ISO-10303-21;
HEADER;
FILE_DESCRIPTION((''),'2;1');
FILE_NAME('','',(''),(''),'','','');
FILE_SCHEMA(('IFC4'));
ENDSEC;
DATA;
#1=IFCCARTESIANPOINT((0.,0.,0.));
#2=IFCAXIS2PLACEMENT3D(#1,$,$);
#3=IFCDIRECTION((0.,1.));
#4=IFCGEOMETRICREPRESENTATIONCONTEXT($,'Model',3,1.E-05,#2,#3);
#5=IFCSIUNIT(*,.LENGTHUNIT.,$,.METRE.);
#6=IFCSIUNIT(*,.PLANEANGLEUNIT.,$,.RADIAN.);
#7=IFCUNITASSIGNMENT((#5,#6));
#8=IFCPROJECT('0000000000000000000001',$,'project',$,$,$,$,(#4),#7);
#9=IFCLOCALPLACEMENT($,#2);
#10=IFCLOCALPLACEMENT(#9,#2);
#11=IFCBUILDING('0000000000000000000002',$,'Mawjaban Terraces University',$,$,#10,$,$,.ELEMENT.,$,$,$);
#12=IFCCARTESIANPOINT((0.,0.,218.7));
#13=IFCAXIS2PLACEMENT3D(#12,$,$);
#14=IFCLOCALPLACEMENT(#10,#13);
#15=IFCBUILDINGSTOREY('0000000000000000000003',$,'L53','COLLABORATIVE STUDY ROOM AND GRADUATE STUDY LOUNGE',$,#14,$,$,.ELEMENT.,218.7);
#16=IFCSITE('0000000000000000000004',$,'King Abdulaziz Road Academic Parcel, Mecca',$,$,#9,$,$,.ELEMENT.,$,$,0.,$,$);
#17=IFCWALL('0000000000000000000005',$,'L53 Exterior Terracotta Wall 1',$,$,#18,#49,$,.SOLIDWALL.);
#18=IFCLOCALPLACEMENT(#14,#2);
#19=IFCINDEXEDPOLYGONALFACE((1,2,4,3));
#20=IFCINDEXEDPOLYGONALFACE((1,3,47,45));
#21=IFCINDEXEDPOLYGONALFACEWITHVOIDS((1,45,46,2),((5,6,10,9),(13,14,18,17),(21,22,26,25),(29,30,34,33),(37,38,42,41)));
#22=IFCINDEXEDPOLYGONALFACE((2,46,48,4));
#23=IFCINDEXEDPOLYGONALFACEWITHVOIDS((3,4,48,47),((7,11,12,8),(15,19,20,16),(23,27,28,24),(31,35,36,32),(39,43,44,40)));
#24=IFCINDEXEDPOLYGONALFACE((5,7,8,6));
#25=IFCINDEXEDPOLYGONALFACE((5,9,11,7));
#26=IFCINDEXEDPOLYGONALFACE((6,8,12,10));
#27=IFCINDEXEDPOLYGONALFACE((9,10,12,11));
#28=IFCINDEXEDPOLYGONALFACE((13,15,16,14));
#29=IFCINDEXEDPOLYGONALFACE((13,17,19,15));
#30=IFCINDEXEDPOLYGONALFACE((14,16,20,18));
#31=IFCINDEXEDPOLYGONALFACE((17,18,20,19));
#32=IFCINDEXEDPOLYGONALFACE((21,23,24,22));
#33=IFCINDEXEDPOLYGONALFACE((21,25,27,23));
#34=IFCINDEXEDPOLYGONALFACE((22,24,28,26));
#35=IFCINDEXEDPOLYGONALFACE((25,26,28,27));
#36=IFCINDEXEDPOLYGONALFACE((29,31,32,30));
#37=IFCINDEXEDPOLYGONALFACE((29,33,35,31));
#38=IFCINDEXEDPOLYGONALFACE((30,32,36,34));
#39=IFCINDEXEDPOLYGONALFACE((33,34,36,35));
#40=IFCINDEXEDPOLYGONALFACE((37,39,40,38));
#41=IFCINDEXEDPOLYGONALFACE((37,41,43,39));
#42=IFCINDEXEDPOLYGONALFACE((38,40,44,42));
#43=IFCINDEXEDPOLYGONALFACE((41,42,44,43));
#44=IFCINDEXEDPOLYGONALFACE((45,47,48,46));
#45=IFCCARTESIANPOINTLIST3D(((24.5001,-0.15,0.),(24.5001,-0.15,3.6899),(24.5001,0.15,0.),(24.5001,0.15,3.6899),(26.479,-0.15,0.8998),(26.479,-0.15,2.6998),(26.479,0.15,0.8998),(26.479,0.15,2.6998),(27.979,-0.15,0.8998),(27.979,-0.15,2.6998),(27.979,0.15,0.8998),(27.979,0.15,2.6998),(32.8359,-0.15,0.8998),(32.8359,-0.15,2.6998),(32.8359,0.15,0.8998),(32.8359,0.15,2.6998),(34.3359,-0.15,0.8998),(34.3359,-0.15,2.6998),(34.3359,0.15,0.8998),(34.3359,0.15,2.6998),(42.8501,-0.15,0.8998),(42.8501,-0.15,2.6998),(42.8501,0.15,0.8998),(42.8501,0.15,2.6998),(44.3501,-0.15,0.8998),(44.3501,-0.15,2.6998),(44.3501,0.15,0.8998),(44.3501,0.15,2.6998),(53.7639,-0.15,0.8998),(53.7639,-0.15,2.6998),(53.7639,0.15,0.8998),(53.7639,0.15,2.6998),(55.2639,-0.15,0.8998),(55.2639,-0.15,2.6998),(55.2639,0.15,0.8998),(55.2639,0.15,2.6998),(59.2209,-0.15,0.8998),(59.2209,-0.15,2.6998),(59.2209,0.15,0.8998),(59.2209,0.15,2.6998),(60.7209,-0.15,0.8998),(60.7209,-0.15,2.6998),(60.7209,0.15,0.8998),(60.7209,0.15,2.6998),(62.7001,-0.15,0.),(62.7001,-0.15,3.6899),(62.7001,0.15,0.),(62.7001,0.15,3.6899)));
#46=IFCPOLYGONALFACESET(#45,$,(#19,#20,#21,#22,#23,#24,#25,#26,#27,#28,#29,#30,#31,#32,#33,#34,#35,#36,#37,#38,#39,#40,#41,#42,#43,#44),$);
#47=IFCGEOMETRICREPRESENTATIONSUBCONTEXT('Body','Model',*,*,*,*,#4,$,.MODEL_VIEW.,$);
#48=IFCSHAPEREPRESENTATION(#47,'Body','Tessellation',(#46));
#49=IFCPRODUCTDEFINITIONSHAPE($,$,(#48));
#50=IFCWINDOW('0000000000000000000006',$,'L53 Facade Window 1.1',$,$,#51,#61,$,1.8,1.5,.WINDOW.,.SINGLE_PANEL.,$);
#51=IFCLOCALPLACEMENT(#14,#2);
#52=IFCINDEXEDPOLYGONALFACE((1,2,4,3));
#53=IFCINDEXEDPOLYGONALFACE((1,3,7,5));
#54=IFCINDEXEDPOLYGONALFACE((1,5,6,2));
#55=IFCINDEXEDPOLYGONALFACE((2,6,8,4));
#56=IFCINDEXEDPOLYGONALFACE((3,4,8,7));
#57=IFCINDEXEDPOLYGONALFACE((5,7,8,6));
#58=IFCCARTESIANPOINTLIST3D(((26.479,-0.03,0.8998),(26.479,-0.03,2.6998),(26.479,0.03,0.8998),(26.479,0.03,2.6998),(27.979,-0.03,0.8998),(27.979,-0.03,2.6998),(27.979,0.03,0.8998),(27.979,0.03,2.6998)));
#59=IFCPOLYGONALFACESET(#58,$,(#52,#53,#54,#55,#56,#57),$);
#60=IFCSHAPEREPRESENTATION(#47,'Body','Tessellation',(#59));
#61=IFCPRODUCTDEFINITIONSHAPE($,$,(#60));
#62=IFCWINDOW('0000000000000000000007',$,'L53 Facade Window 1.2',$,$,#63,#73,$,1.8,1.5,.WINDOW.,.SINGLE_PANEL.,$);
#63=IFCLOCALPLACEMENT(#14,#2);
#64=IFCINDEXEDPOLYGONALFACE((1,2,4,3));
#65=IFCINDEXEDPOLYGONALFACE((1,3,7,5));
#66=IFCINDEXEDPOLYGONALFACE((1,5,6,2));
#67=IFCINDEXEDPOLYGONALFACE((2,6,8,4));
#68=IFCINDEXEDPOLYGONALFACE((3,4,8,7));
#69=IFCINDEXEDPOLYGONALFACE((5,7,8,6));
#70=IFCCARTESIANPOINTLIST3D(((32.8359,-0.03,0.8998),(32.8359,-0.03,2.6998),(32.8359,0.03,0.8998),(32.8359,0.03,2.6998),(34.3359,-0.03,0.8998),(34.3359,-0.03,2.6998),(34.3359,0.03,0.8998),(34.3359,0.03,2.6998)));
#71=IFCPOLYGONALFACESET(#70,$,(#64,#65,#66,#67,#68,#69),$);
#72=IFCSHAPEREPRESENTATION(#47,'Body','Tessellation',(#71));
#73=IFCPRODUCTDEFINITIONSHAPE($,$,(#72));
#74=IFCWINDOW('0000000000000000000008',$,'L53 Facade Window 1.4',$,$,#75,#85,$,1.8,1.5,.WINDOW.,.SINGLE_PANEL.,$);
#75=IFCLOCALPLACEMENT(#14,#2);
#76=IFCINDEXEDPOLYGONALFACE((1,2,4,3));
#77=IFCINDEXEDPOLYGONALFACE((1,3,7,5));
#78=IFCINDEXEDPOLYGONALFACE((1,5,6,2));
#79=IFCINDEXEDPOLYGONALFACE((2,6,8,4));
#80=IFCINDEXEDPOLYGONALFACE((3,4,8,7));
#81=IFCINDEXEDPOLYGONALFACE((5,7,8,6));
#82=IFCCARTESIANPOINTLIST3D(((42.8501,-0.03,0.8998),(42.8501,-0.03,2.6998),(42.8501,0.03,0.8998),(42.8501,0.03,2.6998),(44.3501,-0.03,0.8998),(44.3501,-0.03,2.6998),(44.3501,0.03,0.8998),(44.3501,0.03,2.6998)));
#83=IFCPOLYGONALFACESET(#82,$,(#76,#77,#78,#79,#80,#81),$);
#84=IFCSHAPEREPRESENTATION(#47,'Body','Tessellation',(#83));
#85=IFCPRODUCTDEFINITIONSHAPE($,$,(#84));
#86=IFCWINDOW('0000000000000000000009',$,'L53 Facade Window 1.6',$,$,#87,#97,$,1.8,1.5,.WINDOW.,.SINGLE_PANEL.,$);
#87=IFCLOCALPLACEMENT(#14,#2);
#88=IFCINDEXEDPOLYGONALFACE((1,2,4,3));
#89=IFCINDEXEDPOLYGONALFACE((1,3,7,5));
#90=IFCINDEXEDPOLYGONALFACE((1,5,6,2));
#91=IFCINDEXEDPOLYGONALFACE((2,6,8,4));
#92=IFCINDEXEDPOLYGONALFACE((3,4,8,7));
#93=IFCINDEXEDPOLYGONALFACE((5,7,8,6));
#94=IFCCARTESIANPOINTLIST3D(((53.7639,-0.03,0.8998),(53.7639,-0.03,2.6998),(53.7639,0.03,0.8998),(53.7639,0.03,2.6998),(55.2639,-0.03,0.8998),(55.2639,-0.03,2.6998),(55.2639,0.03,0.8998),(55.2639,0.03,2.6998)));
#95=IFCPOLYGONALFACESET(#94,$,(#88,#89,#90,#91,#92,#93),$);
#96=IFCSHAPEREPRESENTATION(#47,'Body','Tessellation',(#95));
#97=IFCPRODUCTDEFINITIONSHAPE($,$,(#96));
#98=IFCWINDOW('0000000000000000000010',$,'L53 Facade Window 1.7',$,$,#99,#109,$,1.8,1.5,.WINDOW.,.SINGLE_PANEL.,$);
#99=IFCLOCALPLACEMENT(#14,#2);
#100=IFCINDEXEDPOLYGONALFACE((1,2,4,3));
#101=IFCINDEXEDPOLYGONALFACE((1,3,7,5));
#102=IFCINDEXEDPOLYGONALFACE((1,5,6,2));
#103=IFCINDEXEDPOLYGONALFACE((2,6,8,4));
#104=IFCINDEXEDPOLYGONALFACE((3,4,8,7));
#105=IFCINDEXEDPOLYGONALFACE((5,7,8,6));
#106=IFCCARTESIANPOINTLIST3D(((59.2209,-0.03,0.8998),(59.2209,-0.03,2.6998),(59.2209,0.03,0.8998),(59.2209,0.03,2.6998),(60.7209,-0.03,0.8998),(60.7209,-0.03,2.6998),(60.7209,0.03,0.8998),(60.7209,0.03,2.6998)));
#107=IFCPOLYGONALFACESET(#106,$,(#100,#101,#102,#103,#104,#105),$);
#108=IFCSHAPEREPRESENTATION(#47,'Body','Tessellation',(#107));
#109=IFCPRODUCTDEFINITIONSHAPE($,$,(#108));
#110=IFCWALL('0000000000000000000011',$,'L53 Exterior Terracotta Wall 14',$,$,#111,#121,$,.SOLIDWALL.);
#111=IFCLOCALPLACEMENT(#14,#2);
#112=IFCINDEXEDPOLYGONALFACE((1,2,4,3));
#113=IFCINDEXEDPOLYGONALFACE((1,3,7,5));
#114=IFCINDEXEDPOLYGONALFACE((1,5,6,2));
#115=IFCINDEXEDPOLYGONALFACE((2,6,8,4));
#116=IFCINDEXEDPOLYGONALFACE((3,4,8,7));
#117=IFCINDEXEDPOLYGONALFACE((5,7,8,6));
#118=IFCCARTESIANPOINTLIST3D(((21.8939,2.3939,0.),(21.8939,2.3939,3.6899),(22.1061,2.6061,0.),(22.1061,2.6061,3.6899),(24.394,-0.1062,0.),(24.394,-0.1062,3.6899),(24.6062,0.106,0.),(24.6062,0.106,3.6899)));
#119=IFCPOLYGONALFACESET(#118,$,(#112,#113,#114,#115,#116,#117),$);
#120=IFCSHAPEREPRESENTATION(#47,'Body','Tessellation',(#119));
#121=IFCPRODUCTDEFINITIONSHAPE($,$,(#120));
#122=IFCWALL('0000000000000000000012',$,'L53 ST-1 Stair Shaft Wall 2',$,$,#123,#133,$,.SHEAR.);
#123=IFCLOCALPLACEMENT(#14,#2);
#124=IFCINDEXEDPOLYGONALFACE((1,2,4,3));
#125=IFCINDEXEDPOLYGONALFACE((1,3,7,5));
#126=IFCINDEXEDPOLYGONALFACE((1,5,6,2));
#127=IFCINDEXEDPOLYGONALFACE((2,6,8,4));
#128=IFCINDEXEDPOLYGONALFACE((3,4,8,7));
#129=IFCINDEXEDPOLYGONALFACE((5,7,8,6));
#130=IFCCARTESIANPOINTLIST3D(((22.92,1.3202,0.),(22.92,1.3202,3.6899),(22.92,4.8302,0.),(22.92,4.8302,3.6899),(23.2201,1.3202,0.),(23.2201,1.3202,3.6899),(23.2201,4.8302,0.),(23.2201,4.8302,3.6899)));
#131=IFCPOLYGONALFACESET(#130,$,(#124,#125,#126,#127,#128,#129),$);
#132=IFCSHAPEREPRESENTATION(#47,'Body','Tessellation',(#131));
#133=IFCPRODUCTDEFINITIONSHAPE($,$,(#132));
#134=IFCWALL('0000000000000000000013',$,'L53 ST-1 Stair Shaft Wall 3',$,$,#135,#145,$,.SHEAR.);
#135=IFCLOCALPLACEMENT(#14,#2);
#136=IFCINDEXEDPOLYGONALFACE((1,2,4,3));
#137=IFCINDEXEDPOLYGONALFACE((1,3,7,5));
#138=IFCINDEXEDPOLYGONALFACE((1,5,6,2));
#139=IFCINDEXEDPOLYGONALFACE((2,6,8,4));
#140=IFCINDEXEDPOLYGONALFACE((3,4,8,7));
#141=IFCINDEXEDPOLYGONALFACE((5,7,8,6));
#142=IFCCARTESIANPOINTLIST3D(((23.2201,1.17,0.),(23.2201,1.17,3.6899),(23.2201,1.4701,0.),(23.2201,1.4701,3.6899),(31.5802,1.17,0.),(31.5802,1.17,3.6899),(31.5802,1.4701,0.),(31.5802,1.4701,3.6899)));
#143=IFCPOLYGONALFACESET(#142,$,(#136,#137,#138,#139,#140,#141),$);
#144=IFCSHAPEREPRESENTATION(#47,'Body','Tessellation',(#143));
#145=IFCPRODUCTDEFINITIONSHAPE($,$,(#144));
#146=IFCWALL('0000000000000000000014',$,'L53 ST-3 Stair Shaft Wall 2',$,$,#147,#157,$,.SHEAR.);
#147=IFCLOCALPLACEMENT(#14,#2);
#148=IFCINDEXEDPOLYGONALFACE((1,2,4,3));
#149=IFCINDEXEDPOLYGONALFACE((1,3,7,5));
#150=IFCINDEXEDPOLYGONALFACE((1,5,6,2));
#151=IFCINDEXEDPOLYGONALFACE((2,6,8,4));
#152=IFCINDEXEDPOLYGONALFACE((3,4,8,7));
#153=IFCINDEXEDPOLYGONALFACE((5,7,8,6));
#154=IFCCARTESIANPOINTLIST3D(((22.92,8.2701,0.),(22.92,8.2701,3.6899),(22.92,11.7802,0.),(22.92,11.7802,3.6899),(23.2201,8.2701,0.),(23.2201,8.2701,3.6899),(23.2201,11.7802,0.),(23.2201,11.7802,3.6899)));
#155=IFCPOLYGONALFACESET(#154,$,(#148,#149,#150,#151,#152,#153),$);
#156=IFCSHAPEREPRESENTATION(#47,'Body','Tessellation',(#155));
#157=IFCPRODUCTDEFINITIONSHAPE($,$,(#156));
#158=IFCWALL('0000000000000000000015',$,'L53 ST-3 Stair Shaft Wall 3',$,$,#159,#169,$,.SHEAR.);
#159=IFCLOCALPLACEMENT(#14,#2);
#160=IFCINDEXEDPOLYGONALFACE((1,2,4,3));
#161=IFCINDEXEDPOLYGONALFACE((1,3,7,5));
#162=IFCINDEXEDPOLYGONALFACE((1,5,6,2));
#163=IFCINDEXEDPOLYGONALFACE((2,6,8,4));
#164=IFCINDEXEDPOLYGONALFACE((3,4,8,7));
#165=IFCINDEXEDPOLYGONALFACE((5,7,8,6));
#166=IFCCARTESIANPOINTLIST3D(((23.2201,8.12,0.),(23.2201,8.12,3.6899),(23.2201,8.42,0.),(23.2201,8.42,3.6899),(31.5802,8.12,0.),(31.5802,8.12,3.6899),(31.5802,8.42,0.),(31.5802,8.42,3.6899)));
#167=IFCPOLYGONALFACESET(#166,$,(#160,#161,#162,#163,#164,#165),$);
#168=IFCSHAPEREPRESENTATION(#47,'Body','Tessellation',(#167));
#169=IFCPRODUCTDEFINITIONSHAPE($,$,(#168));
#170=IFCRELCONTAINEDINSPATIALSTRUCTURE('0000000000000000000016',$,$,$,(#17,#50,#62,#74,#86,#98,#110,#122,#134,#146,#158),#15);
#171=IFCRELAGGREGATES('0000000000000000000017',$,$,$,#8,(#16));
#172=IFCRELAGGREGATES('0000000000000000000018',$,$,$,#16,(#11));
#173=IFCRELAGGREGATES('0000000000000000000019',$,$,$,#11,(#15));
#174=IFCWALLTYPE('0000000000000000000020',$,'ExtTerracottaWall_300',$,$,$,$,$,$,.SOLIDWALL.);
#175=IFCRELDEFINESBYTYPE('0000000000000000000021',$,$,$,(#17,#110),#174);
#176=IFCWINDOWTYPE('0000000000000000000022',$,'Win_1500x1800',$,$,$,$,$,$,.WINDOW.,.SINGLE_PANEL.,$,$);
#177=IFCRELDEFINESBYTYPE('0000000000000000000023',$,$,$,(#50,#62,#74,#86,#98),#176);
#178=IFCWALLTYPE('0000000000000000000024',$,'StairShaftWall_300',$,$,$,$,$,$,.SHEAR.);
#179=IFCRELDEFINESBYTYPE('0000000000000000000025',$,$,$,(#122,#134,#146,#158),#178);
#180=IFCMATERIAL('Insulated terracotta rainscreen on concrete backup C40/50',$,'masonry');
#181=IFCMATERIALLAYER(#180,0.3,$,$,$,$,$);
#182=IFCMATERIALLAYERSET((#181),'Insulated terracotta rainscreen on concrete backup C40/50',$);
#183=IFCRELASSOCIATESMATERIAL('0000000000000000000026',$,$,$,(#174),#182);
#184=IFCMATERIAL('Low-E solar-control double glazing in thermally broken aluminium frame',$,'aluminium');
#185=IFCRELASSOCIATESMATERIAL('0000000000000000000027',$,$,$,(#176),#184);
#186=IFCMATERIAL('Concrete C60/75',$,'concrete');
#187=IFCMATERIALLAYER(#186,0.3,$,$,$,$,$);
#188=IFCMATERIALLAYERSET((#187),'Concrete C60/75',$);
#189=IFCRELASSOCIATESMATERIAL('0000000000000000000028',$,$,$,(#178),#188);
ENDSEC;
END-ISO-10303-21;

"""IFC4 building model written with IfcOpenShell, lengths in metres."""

from ifc_helpers import new_model, si_unit, direction, frame, frame_2d, origin, place, context, subcontext, project, spatial, rectangle, extrude, material, layer, layer_set, type_object, element, fill, save


model = new_model("IFC4")

# Units and contexts
model_context = context("Model", 3, precision=1e-05, world=origin(), true_north=direction((0.0, 1.0)))
body_context = subcontext(model_context, "Body", "Model", "MODEL_VIEW")
ifc_project = project(units=[si_unit("LENGTHUNIT", "METRE"), si_unit("PLANEANGLEUNIT", "RADIAN")], contexts=[model_context])

# Site, building, storey
site_placement = place(None, origin())
site = spatial("IfcSite", under=ifc_project, at=site_placement, Name="King Abdulaziz Road Academic Parcel, Mecca", CompositionType="ELEMENT", RefElevation=0.0)
building_placement = place(site_placement, origin())
building = spatial("IfcBuilding", under=site, at=building_placement, Name="Mawjaban Terraces University", CompositionType="ELEMENT")
storey_placement = place(building_placement, frame((0.0, 0.0, 218.7)))
storey = spatial("IfcBuildingStorey", under=building, at=storey_placement, Name="L53", Description="COLLABORATIVE STUDY ROOM AND GRADUATE STUDY LOUNGE", CompositionType="ELEMENT", Elevation=218.7)

# Shared definitions
ifc_material_1 = material(Name="Concrete C60/75", Category="concrete")

# Wall, openings, windows
ifc_material_2 = material(Name="Insulated terracotta rainscreen on concrete backup C40/50", Category="masonry")
ifc_layer_1 = layer(ifc_material_2, 0.3)
ifc_layer_set_1 = layer_set([ifc_layer_1], Name="Insulated terracotta rainscreen on concrete backup C40/50")
wall_type_1 = type_object("IfcWallType", Name="ExtTerracottaWall_300", PredefinedType="SOLIDWALL", material=ifc_layer_set_1)
wall_1_placement = place(storey_placement, frame((24.5, 0.0, 0.0), z_axis=(0.0, 0.0, 1.0), x_axis=(1.0, 0.0, 0.0)))
wall_1 = element("IfcWall", 1, at=wall_1_placement, inside=storey, type_object=wall_type_1, Name="L53 Exterior Terracotta Wall 1", PredefinedType="SOLIDWALL", context=body_context, shape_type="SweptSolid", body=[
    extrude(rectangle(XDim=38.2, YDim=0.3, at=frame_2d((19.1001, 0.0))), origin(), (0.0, 0.0, 1.0), 3.6899),
])
opening_1_placement = place(wall_1_placement, frame((1.979, 0.0, 0.8999)))
opening_1 = element("IfcOpeningElement", 2, at=opening_1_placement, cuts=wall_1, PredefinedType="OPENING", context=body_context, shape_type="SweptSolid", body=[
    extrude(rectangle(XDim=1.5, YDim=1.8, at=frame_2d((0.75, 0.8999))), frame((0.0, 0.1599, 0.0), z_axis=(0.0, -1.0, 0.0), x_axis=(1.0, 0.0, 0.0)), (0.0, 0.0, 1.0), 0.3201),
])
opening_2_placement = place(wall_1_placement, frame((8.3359, 0.0, 0.8999)))
opening_2 = element("IfcOpeningElement", 3, at=opening_2_placement, cuts=wall_1, PredefinedType="OPENING", context=body_context, shape_type="SweptSolid", body=[
    extrude(rectangle(XDim=1.5, YDim=1.8, at=frame_2d((0.75, 0.8999))), frame((0.0, 0.1599, 0.0), z_axis=(0.0, -1.0, 0.0), x_axis=(1.0, 0.0, 0.0)), (0.0, 0.0, 1.0), 0.3201),
])
opening_3_placement = place(wall_1_placement, frame((18.3501, 0.0, 0.8999)))
opening_3 = element("IfcOpeningElement", 4, at=opening_3_placement, cuts=wall_1, PredefinedType="OPENING", context=body_context, shape_type="SweptSolid", body=[
    extrude(rectangle(XDim=1.5, YDim=1.8, at=frame_2d((0.75, 0.8999))), frame((0.0, 0.1599, 0.0), z_axis=(0.0, -1.0, 0.0), x_axis=(1.0, 0.0, 0.0)), (0.0, 0.0, 1.0), 0.3201),
])
opening_4_placement = place(wall_1_placement, frame((29.2639, 0.0, 0.8999)))
opening_4 = element("IfcOpeningElement", 5, at=opening_4_placement, cuts=wall_1, PredefinedType="OPENING", context=body_context, shape_type="SweptSolid", body=[
    extrude(rectangle(XDim=1.5, YDim=1.8, at=frame_2d((0.75, 0.8999))), frame((0.0, 0.1599, 0.0), z_axis=(0.0, -1.0, 0.0), x_axis=(1.0, 0.0, 0.0)), (0.0, 0.0, 1.0), 0.3201),
])
opening_5_placement = place(wall_1_placement, frame((34.7209, 0.0, 0.8999)))
opening_5 = element("IfcOpeningElement", 6, at=opening_5_placement, cuts=wall_1, PredefinedType="OPENING", context=body_context, shape_type="SweptSolid", body=[
    extrude(rectangle(XDim=1.5, YDim=1.8, at=frame_2d((0.75, 0.8999))), frame((0.0, 0.1599, 0.0), z_axis=(0.0, -1.0, 0.0), x_axis=(1.0, 0.0, 0.0)), (0.0, 0.0, 1.0), 0.3201),
])
ifc_material_3 = material(Name="Low-E solar-control double glazing in thermally broken aluminium frame", Category="aluminium")
window_type = type_object("IfcWindowType", Name="Win_1500x1800", PartitioningType="SINGLE_PANEL", PredefinedType="WINDOW", material=ifc_material_3)
window_1_placement = place(opening_1_placement, origin())
window_1 = element("IfcWindow", 7, at=window_1_placement, inside=storey, type_object=window_type, Name="L53 Facade Window 1.1", OverallHeight=1.8, OverallWidth=1.5, PartitioningType="SINGLE_PANEL", PredefinedType="WINDOW", context=body_context, shape_type="SweptSolid", body=[
    extrude(rectangle(XDim=1.5, YDim=1.8, at=frame_2d((0.75, 0.8999))), frame((0.0, 0.03, 0.0), z_axis=(0.0, -1.0, 0.0), x_axis=(1.0, 0.0, 0.0)), (0.0, 0.0, 1.0), 0.0601),
])
fill(opening_1, window_1)
window_2_placement = place(opening_2_placement, origin())
window_2 = element("IfcWindow", 8, at=window_2_placement, inside=storey, type_object=window_type, Name="L53 Facade Window 1.2", OverallHeight=1.8, OverallWidth=1.5, PartitioningType="SINGLE_PANEL", PredefinedType="WINDOW", context=body_context, shape_type="SweptSolid", body=[
    extrude(rectangle(XDim=1.5, YDim=1.8, at=frame_2d((0.75, 0.8999))), frame((0.0, 0.03, 0.0), z_axis=(0.0, -1.0, 0.0), x_axis=(1.0, 0.0, 0.0)), (0.0, 0.0, 1.0), 0.0601),
])
fill(opening_2, window_2)
window_3_placement = place(opening_3_placement, origin())
window_3 = element("IfcWindow", 9, at=window_3_placement, inside=storey, type_object=window_type, Name="L53 Facade Window 1.4", OverallHeight=1.8, OverallWidth=1.5, PartitioningType="SINGLE_PANEL", PredefinedType="WINDOW", context=body_context, shape_type="SweptSolid", body=[
    extrude(rectangle(XDim=1.5, YDim=1.8, at=frame_2d((0.75, 0.8999))), frame((0.0, 0.03, 0.0), z_axis=(0.0, -1.0, 0.0), x_axis=(1.0, 0.0, 0.0)), (0.0, 0.0, 1.0), 0.0601),
])
fill(opening_3, window_3)
window_4_placement = place(opening_4_placement, origin())
window_4 = element("IfcWindow", 10, at=window_4_placement, inside=storey, type_object=window_type, Name="L53 Facade Window 1.6", OverallHeight=1.8, OverallWidth=1.5, PartitioningType="SINGLE_PANEL", PredefinedType="WINDOW", context=body_context, shape_type="SweptSolid", body=[
    extrude(rectangle(XDim=1.5, YDim=1.8, at=frame_2d((0.75, 0.8999))), frame((0.0, 0.03, 0.0), z_axis=(0.0, -1.0, 0.0), x_axis=(1.0, 0.0, 0.0)), (0.0, 0.0, 1.0), 0.0601),
])
fill(opening_4, window_4)
window_5_placement = place(opening_5_placement, origin())
window_5 = element("IfcWindow", 11, at=window_5_placement, inside=storey, type_object=window_type, Name="L53 Facade Window 1.7", OverallHeight=1.8, OverallWidth=1.5, PartitioningType="SINGLE_PANEL", PredefinedType="WINDOW", context=body_context, shape_type="SweptSolid", body=[
    extrude(rectangle(XDim=1.5, YDim=1.8, at=frame_2d((0.75, 0.8999))), frame((0.0, 0.03, 0.0), z_axis=(0.0, -1.0, 0.0), x_axis=(1.0, 0.0, 0.0)), (0.0, 0.0, 1.0), 0.0601),
])
fill(opening_5, window_5)

# Walls
wall_2_placement = place(storey_placement, frame((22.0, 2.5, 0.0), z_axis=(0.0, 0.0, 1.0), x_axis=(0.707107, -0.707107, 0.0)))
element("IfcWall", 12, at=wall_2_placement, inside=storey, type_object=wall_type_1, Name="L53 Exterior Terracotta Wall 14", PredefinedType="SOLIDWALL", context=body_context, shape_type="SweptSolid", body=[
    extrude(rectangle(XDim=3.5356, YDim=0.3, at=frame_2d((1.7678, 0.0))), origin(), (0.0, 0.0, 1.0), 3.6899),
])
ifc_layer_2 = layer(ifc_material_1, 0.3)
ifc_layer_set_2 = layer_set([ifc_layer_2], Name="Concrete C60/75")
wall_type_2 = type_object("IfcWallType", Name="StairShaftWall_300", PredefinedType="SHEAR", material=ifc_layer_set_2)
wall_3_placement = place(storey_placement, frame((23.0701, 4.8301, 0.0), z_axis=(0.0, 0.0, 1.0), x_axis=(0.0, -1.0, 0.0)))
element("IfcWall", 13, at=wall_3_placement, inside=storey, type_object=wall_type_2, Name="L53 ST-1 Stair Shaft Wall 2", PredefinedType="SHEAR", context=body_context, shape_type="SweptSolid", body=[
    extrude(rectangle(XDim=3.51, YDim=0.3, at=frame_2d((1.7549, 0.0))), origin(), (0.0, 0.0, 1.0), 3.6899),
])
wall_4_placement = place(storey_placement, frame((23.22, 1.3201, 0.0), z_axis=(0.0, 0.0, 1.0), x_axis=(1.0, 0.0, 0.0)))
element("IfcWall", 14, at=wall_4_placement, inside=storey, type_object=wall_type_2, Name="L53 ST-1 Stair Shaft Wall 3", PredefinedType="SHEAR", context=body_context, shape_type="SweptSolid", body=[
    extrude(rectangle(XDim=8.3601, YDim=0.3, at=frame_2d((4.1802, 0.0))), origin(), (0.0, 0.0, 1.0), 3.6899),
])
wall_5_placement = place(storey_placement, frame((23.0701, 11.78, 0.0), z_axis=(0.0, 0.0, 1.0), x_axis=(0.0, -1.0, 0.0)))
element("IfcWall", 15, at=wall_5_placement, inside=storey, type_object=wall_type_2, Name="L53 ST-3 Stair Shaft Wall 2", PredefinedType="SHEAR", context=body_context, shape_type="SweptSolid", body=[
    extrude(rectangle(XDim=3.51, YDim=0.3, at=frame_2d((1.7549, 0.0))), origin(), (0.0, 0.0, 1.0), 3.6899),
])
wall_6_placement = place(storey_placement, frame((23.22, 8.27, 0.0), z_axis=(0.0, 0.0, 1.0), x_axis=(1.0, 0.0, 0.0)))
element("IfcWall", 16, at=wall_6_placement, inside=storey, type_object=wall_type_2, Name="L53 ST-3 Stair Shaft Wall 3", PredefinedType="SHEAR", context=body_context, shape_type="SweptSolid", body=[
    extrude(rectangle(XDim=8.3601, YDim=0.3, at=frame_2d((4.1802, 0.0))), origin(), (0.0, 0.0, 1.0), 3.6899),
])

save(model, "model.ifc")
